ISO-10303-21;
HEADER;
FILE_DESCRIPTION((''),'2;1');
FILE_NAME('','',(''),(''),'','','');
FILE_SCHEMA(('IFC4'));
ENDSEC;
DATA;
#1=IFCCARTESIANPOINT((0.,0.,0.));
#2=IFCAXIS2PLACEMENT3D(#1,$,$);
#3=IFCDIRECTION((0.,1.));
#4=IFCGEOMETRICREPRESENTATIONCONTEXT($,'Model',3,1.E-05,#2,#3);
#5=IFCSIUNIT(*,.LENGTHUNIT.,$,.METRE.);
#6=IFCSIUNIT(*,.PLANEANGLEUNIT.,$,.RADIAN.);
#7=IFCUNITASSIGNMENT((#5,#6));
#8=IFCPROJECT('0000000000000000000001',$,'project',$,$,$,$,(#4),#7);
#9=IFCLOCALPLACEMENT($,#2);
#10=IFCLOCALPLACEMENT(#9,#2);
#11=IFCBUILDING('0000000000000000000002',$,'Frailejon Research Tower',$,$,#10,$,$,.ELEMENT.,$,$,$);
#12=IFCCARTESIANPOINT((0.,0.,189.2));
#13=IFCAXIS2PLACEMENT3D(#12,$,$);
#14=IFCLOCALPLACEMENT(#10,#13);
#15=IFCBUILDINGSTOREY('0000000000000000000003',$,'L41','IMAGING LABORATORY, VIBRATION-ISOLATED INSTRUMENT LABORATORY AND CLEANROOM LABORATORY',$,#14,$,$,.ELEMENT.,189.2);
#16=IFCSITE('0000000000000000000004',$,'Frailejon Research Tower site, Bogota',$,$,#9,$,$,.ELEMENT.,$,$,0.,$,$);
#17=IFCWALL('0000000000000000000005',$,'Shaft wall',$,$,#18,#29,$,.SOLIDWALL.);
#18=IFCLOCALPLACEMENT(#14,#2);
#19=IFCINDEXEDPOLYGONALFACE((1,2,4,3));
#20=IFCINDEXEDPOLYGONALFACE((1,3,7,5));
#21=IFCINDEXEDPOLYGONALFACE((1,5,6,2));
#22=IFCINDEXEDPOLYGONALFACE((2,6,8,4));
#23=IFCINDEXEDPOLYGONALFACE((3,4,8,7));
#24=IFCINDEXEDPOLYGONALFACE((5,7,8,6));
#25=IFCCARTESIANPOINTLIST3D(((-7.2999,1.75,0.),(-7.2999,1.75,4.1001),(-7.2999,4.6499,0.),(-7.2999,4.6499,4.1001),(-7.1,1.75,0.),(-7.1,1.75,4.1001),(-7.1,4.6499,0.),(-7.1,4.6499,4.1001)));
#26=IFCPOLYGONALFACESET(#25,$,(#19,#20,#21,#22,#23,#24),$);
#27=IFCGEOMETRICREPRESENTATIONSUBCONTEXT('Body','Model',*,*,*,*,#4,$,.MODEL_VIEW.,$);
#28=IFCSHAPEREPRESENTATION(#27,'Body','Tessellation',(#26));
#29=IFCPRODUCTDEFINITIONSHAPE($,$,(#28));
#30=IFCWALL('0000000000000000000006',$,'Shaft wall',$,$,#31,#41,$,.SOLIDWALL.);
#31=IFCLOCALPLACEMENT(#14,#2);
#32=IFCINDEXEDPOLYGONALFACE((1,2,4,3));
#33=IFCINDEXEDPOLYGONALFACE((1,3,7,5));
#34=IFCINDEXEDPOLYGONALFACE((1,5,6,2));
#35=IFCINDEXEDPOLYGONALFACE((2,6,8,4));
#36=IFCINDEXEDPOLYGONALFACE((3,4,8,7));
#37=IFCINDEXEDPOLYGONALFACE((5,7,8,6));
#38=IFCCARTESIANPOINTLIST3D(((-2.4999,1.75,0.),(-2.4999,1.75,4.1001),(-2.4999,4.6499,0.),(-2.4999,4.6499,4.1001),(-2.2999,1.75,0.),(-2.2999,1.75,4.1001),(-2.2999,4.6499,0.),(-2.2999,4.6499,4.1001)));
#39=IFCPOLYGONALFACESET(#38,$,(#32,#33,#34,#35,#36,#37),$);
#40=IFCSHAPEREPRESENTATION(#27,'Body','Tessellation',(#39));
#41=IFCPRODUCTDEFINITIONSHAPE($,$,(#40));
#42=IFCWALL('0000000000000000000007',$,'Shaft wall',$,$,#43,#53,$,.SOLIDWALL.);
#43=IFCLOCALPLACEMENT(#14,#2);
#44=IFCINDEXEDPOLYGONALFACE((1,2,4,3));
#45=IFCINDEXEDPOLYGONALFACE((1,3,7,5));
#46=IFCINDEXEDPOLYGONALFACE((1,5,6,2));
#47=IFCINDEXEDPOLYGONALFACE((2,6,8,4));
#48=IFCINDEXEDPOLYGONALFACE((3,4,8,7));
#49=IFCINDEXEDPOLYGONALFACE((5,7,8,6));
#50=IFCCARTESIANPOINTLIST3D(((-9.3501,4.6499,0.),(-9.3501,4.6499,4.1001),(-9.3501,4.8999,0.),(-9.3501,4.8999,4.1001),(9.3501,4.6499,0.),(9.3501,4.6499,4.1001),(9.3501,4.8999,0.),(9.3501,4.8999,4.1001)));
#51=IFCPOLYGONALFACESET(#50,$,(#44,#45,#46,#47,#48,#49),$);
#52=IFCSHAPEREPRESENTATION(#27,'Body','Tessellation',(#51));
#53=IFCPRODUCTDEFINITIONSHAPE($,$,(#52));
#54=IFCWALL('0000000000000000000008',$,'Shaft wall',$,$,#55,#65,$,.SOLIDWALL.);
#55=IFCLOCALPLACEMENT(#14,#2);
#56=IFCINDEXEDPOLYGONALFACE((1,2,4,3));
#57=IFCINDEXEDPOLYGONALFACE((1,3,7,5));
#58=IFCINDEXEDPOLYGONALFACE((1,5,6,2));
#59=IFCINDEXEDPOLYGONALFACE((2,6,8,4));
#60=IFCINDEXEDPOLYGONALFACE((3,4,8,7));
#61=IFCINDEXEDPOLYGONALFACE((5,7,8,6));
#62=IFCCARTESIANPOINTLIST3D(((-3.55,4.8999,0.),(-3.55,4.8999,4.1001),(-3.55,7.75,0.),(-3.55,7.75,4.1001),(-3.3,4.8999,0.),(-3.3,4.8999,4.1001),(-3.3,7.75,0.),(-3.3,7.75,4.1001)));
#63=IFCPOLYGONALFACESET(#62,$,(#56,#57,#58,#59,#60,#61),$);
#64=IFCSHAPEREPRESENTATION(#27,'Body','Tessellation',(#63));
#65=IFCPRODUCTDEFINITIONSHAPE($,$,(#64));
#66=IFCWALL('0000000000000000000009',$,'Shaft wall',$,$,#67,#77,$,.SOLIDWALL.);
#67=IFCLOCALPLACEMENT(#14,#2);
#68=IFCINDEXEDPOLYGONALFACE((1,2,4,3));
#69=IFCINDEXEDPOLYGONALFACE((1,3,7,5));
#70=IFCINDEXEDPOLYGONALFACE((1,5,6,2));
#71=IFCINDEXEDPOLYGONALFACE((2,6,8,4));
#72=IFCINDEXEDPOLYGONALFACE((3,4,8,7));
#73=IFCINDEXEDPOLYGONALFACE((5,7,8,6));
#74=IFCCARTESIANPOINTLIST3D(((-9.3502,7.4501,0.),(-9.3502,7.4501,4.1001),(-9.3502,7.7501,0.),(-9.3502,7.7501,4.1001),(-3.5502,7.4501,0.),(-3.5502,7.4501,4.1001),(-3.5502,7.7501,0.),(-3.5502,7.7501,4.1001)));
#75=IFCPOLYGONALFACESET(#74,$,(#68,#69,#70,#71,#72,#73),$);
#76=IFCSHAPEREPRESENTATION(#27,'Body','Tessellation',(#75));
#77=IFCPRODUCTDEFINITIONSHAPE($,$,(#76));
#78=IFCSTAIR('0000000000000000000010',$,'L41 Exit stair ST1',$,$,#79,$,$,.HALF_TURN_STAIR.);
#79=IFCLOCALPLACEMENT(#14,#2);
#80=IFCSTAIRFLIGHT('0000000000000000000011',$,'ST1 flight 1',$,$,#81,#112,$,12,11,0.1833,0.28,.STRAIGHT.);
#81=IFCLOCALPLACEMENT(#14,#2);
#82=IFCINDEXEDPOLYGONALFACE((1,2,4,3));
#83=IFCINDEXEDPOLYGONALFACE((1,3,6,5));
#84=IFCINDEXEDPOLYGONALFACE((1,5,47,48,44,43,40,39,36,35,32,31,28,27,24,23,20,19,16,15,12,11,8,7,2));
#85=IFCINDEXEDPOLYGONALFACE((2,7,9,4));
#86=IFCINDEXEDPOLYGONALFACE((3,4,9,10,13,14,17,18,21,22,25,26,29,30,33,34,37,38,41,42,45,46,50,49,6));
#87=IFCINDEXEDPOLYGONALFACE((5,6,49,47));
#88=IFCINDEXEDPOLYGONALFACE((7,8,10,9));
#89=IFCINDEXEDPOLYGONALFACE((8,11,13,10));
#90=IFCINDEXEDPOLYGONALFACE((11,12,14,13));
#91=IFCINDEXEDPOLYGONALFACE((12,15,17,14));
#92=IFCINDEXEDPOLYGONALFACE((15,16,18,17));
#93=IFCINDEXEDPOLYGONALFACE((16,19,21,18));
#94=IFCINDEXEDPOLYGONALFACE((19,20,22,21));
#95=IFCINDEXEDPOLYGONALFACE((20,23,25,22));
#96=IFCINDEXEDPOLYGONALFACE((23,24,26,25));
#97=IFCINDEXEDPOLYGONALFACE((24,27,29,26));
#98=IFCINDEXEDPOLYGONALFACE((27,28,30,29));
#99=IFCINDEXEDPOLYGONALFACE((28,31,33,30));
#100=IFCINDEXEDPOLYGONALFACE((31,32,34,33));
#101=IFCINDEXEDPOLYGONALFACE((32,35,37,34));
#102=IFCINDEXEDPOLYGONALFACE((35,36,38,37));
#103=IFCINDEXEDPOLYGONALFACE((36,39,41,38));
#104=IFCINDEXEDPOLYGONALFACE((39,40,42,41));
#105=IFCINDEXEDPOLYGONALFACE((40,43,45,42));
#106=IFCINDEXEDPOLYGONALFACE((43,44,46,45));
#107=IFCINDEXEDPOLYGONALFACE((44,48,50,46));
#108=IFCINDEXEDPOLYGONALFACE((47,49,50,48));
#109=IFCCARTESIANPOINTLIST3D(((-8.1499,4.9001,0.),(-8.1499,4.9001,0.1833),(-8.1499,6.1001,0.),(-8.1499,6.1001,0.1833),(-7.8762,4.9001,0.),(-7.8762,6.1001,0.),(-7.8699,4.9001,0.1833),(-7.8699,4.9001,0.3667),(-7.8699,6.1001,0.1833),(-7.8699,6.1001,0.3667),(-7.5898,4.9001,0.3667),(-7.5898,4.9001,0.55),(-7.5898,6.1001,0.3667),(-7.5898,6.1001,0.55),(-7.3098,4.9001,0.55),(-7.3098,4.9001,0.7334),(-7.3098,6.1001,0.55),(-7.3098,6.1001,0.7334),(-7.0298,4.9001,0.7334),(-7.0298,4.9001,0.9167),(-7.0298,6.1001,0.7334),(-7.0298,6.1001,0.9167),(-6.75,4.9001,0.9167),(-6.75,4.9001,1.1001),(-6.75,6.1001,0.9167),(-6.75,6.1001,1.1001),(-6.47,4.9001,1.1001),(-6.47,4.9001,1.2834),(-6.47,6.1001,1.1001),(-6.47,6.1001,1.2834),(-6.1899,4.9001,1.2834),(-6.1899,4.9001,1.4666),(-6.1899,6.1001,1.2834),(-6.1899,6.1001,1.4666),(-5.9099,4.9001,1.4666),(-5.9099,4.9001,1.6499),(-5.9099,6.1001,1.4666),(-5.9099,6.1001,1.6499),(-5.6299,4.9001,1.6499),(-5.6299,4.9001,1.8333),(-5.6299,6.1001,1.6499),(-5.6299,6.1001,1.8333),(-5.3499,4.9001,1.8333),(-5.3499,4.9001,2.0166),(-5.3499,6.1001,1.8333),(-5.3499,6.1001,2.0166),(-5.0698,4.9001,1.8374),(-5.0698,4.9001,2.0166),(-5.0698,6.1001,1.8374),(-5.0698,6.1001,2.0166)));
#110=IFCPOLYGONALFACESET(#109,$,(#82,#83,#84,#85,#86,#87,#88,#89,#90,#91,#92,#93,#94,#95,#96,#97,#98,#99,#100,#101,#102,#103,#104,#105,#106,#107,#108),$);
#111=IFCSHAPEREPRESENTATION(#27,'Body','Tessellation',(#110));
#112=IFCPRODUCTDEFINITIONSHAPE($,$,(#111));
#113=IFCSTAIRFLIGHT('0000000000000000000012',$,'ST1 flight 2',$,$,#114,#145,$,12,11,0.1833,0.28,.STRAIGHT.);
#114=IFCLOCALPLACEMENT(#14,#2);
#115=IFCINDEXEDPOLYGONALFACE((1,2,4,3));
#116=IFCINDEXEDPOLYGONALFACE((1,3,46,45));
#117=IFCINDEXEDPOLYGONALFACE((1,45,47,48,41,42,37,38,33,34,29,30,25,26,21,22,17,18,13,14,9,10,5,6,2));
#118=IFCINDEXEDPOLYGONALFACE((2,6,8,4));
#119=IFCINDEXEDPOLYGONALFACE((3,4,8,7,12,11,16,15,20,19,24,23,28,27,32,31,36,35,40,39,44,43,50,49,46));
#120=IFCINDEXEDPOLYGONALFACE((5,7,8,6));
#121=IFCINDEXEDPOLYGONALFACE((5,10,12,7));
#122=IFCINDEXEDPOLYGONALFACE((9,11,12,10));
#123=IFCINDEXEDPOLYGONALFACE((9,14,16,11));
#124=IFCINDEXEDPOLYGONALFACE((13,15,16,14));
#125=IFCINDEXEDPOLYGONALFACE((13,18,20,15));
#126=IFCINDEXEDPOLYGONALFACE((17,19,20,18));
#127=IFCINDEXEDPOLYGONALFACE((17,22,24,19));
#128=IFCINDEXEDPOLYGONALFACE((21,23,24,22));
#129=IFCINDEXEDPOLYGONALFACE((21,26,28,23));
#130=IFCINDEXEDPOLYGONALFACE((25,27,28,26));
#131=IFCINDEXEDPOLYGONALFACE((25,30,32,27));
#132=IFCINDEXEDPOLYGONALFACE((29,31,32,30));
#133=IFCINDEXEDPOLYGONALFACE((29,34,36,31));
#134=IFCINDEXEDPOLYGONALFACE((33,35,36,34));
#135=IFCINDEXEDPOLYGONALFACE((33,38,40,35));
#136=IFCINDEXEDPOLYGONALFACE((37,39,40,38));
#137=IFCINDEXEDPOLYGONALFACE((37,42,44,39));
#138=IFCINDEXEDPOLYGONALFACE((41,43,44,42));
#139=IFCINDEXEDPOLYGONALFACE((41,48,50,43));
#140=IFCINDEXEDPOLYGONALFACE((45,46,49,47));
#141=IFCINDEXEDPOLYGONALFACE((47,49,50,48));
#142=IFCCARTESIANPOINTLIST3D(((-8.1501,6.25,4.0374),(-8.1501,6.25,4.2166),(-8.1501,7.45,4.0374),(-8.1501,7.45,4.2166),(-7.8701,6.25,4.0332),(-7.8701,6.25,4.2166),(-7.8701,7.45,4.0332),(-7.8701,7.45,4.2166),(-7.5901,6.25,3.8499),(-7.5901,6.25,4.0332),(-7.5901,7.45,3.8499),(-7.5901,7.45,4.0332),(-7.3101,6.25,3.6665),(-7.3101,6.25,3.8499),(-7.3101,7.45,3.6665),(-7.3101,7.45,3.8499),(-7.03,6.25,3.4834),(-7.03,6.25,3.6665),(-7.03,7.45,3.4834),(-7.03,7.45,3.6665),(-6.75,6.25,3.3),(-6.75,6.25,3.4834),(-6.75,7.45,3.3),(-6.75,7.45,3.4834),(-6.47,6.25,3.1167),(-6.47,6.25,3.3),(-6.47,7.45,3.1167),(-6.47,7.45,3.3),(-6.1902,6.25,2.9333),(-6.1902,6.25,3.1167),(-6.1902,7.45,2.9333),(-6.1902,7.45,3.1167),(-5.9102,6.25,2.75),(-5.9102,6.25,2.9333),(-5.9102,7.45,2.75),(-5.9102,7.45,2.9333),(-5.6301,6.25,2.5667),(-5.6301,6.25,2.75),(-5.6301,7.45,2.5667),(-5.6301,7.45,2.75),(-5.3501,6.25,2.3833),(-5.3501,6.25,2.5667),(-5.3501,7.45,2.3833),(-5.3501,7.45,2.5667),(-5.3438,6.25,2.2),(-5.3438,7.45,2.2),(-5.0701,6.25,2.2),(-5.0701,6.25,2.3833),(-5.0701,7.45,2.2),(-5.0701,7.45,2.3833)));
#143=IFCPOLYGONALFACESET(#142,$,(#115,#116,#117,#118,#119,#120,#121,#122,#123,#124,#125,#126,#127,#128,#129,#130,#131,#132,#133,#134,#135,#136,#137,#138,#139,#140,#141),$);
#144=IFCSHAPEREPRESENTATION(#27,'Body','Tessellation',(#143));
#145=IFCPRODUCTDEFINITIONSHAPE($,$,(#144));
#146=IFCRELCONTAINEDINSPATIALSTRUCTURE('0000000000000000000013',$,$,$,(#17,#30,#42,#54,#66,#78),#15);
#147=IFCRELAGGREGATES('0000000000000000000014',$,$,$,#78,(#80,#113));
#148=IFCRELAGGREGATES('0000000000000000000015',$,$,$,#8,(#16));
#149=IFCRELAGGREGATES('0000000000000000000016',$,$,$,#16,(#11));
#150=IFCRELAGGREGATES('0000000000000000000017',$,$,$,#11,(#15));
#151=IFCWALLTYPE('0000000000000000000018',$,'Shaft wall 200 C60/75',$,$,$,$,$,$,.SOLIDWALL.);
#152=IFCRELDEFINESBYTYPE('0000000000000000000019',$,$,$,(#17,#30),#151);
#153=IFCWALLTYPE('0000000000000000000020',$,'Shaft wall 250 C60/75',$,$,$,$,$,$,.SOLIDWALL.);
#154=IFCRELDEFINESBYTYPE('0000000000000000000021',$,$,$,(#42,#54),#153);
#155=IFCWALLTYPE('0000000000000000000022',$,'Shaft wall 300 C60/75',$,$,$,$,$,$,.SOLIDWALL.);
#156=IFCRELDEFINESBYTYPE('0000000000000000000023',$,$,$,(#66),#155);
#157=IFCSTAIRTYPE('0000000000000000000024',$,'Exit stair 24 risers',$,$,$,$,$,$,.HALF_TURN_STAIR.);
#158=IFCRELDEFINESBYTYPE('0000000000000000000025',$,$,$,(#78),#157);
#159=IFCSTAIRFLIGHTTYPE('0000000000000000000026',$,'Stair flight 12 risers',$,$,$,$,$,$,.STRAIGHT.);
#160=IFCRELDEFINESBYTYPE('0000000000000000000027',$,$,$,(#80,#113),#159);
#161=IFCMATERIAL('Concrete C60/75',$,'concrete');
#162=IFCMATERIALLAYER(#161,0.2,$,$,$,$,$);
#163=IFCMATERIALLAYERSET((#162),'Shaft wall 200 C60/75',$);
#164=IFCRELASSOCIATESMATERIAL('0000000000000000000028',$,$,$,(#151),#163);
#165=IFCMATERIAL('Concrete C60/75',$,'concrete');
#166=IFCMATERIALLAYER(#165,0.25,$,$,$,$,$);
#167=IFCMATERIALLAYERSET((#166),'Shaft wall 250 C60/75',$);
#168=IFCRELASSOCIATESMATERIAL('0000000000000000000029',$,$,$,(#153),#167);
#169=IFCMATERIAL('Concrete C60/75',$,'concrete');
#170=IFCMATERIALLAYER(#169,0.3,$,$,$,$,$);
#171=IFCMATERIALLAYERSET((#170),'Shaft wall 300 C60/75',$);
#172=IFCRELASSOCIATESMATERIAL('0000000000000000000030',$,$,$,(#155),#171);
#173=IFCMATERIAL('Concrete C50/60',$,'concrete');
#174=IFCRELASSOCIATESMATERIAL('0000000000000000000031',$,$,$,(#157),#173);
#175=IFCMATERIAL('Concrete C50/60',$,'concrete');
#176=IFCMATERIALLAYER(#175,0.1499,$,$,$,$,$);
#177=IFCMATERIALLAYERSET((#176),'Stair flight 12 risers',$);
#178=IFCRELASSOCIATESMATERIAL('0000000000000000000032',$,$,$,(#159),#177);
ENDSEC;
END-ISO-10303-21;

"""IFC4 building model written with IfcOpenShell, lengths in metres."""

from ifc_helpers import new_model, si_unit, direction, frame, frame_2d, origin, place, context, subcontext, project, spatial, polyline, rectangle, outline, extrude, material, layer, layer_set, type_object, element, aggregate, save


model = new_model("IFC4")

# Units and contexts
model_context = context("Model", 3, precision=1e-05, world=origin(), true_north=direction((0.0, 1.0)))
body_context = subcontext(model_context, "Body", "Model", "MODEL_VIEW")
ifc_project = project(units=[si_unit("LENGTHUNIT", "METRE"), si_unit("PLANEANGLEUNIT", "RADIAN")], contexts=[model_context])

# Site, building, storey
site_placement = place(None, origin())
site = spatial("IfcSite", under=ifc_project, at=site_placement, Name="Frailejon Research Tower site, Bogota", CompositionType="ELEMENT", RefElevation=0.0)
building_placement = place(site_placement, origin())
building = spatial("IfcBuilding", under=site, at=building_placement, Name="Frailejon Research Tower", CompositionType="ELEMENT")
storey_placement = place(building_placement, frame((0.0, 0.0, 189.2)))
storey = spatial("IfcBuildingStorey", under=building, at=storey_placement, Name="L41", Description="IMAGING LABORATORY, VIBRATION-ISOLATED INSTRUMENT LABORATORY AND CLEANROOM LABORATORY", CompositionType="ELEMENT", Elevation=189.2)

# Walls
ifc_material_1 = material(Name="Concrete C60/75", Category="concrete")
ifc_layer_1 = layer(ifc_material_1, 0.2)
ifc_layer_set_1 = layer_set([ifc_layer_1], Name="Shaft wall 200 C60/75")
wall_type_1 = type_object("IfcWallType", Name="Shaft wall 200 C60/75", PredefinedType="SOLIDWALL", material=ifc_layer_set_1)
for number, where, z_axis, x_axis, name in (
    (1, (-7.2, 1.75, 0.0), (0.0, 0.0, 1.0), (0.0, 1.0, 0.0), "Shaft wall"),
    (2, (-2.3999, 1.75, 0.0), (0.0, 0.0, 1.0), (0.0, 1.0, 0.0), "Shaft wall"),
):
    element("IfcWall", number, at=place(storey_placement, frame(where, z_axis=z_axis, x_axis=x_axis)), inside=storey, type_object=wall_type_1, Name=name, PredefinedType="SOLIDWALL", context=body_context, shape_type="SweptSolid", body=[
        extrude(rectangle(XDim=2.8999, YDim=0.2, at=frame_2d((1.45, 0.0))), origin(), (0.0, 0.0, 1.0), 4.1001),
    ])
ifc_material_2 = material(Name="Concrete C60/75", Category="concrete")
ifc_layer_2 = layer(ifc_material_2, 0.25)
ifc_layer_set_2 = layer_set([ifc_layer_2], Name="Shaft wall 250 C60/75")
wall_type_2 = type_object("IfcWallType", Name="Shaft wall 250 C60/75", PredefinedType="SOLIDWALL", material=ifc_layer_set_2)
wall_1_placement = place(storey_placement, frame((-9.3501, 4.7749, 0.0), z_axis=(0.0, 0.0, 1.0), x_axis=(1.0, 0.0, 0.0)))
element("IfcWall", 3, at=wall_1_placement, inside=storey, type_object=wall_type_2, Name="Shaft wall", PredefinedType="SOLIDWALL", context=body_context, shape_type="SweptSolid", body=[
    extrude(rectangle(XDim=18.7002, YDim=0.25, at=frame_2d((9.3501, 0.0))), origin(), (0.0, 0.0, 1.0), 4.1001),
])
wall_2_placement = place(storey_placement, frame((-3.425, 4.8999, 0.0), z_axis=(0.0, 0.0, 1.0), x_axis=(0.0, 1.0, 0.0)))
element("IfcWall", 4, at=wall_2_placement, inside=storey, type_object=wall_type_2, Name="Shaft wall", PredefinedType="SOLIDWALL", context=body_context, shape_type="SweptSolid", body=[
    extrude(rectangle(XDim=2.8501, YDim=0.25, at=frame_2d((1.425, 0.0))), origin(), (0.0, 0.0, 1.0), 4.1001),
])
ifc_material_3 = material(Name="Concrete C60/75", Category="concrete")
ifc_layer_3 = layer(ifc_material_3, 0.3)
ifc_layer_set_3 = layer_set([ifc_layer_3], Name="Shaft wall 300 C60/75")
wall_type_3 = type_object("IfcWallType", Name="Shaft wall 300 C60/75", PredefinedType="SOLIDWALL", material=ifc_layer_set_3)
wall_3_placement = place(storey_placement, frame((-9.3501, 7.6001, 0.0), z_axis=(0.0, 0.0, 1.0), x_axis=(1.0, 0.0, 0.0)))
element("IfcWall", 5, at=wall_3_placement, inside=storey, type_object=wall_type_3, Name="Shaft wall", PredefinedType="SOLIDWALL", context=body_context, shape_type="SweptSolid", body=[
    extrude(rectangle(XDim=5.8, YDim=0.3, at=frame_2d((2.8999, 0.0))), origin(), (0.0, 0.0, 1.0), 4.1001),
])

# Stair, stair flights
ifc_material_4 = material(Name="Concrete C50/60", Category="concrete")
stair_type = type_object("IfcStairType", Name="Exit stair 24 risers", PredefinedType="HALF_TURN_STAIR", material=ifc_material_4)
stair_placement = place(storey_placement, origin())
stair = element("IfcStair", 6, at=stair_placement, inside=storey, type_object=stair_type, Name="L41 Exit stair ST1", PredefinedType="HALF_TURN_STAIR")
ifc_material_5 = material(Name="Concrete C50/60", Category="concrete")
ifc_layer_4 = layer(ifc_material_5, 0.1499)
ifc_layer_set_4 = layer_set([ifc_layer_4], Name="Stair flight 12 risers")
stair_flight_type = type_object("IfcStairFlightType", Name="Stair flight 12 risers", PredefinedType="STRAIGHT", material=ifc_layer_set_4)
stair_flight_1_placement = place(storey_placement, frame((-8.1499, 5.5, 0.0), z_axis=(0.0, 0.0, 1.0), x_axis=(1.0, 0.0, 0.0)))
stair_flight_1 = element("IfcStairFlight", 7, at=stair_flight_1_placement, type_object=stair_flight_type, Name="ST1 flight 1", NumberOfRisers=12, NumberOfTreads=11, PredefinedType="STRAIGHT", RiserHeight=0.1833, TreadLength=0.28, context=body_context, shape_type="SweptSolid", body=[
    extrude(outline(polyline([(0.0, 0.0), (0.0, 0.1833), (0.28, 0.1833), (0.28, 0.3667), (0.5601, 0.3667), (0.5601, 0.55), (0.8401, 0.55), (0.8401, 0.7334), (1.1201, 0.7334), (1.1201, 0.9167), (1.3999, 0.9167), (1.3999, 1.1001), (1.6799, 1.1001), (1.6799, 1.2834), (1.96, 1.2834), (1.96, 1.4666), (2.24, 1.4666), (2.24, 1.6499), (2.52, 1.6499), (2.52, 1.8333), (2.8, 1.8333), (2.8, 2.0166), (3.0801, 2.0166), (3.0801, 2.2), (3.0801, 1.8374), (0.2737, 0.0), (0.0, 0.0)])), frame((0.0, 0.6001, 0.0), z_axis=(0.0, -1.0, 0.0), x_axis=(1.0, 0.0, 0.0)), (0.0, 0.0, 1.0), 1.2),
])
stair_flight_2_placement = place(storey_placement, frame((-5.0701, 6.8501, 2.2), z_axis=(0.0, 0.0, 1.0), x_axis=(-1.0, 0.0, 0.0)))
stair_flight_2 = element("IfcStairFlight", 8, at=stair_flight_2_placement, type_object=stair_flight_type, Name="ST1 flight 2", NumberOfRisers=12, NumberOfTreads=11, PredefinedType="STRAIGHT", RiserHeight=0.1833, TreadLength=0.28, context=body_context, shape_type="SweptSolid", body=[
    extrude(outline(polyline([(0.0, 0.0), (0.0, 0.1833), (0.28, 0.1833), (0.28, 0.3667), (0.5601, 0.3667), (0.5601, 0.55), (0.8401, 0.55), (0.8401, 0.7334), (1.1201, 0.7334), (1.1201, 0.9167), (1.3999, 0.9167), (1.3999, 1.1001), (1.6799, 1.1001), (1.6799, 1.2834), (1.96, 1.2834), (1.96, 1.4666), (2.24, 1.4666), (2.24, 1.6499), (2.52, 1.6499), (2.52, 1.8333), (2.8, 1.8333), (2.8, 2.0166), (3.0801, 2.0166), (3.0801, 2.2), (3.0801, 1.8374), (0.2737, 0.0), (0.0, 0.0)])), frame((0.0, 0.6001, 0.0), z_axis=(0.0, -1.0, 0.0), x_axis=(1.0, 0.0, 0.0)), (0.0, 0.0, 1.0), 1.2),
])
aggregate(stair, [stair_flight_1, stair_flight_2])

save(model, "model.ifc")
